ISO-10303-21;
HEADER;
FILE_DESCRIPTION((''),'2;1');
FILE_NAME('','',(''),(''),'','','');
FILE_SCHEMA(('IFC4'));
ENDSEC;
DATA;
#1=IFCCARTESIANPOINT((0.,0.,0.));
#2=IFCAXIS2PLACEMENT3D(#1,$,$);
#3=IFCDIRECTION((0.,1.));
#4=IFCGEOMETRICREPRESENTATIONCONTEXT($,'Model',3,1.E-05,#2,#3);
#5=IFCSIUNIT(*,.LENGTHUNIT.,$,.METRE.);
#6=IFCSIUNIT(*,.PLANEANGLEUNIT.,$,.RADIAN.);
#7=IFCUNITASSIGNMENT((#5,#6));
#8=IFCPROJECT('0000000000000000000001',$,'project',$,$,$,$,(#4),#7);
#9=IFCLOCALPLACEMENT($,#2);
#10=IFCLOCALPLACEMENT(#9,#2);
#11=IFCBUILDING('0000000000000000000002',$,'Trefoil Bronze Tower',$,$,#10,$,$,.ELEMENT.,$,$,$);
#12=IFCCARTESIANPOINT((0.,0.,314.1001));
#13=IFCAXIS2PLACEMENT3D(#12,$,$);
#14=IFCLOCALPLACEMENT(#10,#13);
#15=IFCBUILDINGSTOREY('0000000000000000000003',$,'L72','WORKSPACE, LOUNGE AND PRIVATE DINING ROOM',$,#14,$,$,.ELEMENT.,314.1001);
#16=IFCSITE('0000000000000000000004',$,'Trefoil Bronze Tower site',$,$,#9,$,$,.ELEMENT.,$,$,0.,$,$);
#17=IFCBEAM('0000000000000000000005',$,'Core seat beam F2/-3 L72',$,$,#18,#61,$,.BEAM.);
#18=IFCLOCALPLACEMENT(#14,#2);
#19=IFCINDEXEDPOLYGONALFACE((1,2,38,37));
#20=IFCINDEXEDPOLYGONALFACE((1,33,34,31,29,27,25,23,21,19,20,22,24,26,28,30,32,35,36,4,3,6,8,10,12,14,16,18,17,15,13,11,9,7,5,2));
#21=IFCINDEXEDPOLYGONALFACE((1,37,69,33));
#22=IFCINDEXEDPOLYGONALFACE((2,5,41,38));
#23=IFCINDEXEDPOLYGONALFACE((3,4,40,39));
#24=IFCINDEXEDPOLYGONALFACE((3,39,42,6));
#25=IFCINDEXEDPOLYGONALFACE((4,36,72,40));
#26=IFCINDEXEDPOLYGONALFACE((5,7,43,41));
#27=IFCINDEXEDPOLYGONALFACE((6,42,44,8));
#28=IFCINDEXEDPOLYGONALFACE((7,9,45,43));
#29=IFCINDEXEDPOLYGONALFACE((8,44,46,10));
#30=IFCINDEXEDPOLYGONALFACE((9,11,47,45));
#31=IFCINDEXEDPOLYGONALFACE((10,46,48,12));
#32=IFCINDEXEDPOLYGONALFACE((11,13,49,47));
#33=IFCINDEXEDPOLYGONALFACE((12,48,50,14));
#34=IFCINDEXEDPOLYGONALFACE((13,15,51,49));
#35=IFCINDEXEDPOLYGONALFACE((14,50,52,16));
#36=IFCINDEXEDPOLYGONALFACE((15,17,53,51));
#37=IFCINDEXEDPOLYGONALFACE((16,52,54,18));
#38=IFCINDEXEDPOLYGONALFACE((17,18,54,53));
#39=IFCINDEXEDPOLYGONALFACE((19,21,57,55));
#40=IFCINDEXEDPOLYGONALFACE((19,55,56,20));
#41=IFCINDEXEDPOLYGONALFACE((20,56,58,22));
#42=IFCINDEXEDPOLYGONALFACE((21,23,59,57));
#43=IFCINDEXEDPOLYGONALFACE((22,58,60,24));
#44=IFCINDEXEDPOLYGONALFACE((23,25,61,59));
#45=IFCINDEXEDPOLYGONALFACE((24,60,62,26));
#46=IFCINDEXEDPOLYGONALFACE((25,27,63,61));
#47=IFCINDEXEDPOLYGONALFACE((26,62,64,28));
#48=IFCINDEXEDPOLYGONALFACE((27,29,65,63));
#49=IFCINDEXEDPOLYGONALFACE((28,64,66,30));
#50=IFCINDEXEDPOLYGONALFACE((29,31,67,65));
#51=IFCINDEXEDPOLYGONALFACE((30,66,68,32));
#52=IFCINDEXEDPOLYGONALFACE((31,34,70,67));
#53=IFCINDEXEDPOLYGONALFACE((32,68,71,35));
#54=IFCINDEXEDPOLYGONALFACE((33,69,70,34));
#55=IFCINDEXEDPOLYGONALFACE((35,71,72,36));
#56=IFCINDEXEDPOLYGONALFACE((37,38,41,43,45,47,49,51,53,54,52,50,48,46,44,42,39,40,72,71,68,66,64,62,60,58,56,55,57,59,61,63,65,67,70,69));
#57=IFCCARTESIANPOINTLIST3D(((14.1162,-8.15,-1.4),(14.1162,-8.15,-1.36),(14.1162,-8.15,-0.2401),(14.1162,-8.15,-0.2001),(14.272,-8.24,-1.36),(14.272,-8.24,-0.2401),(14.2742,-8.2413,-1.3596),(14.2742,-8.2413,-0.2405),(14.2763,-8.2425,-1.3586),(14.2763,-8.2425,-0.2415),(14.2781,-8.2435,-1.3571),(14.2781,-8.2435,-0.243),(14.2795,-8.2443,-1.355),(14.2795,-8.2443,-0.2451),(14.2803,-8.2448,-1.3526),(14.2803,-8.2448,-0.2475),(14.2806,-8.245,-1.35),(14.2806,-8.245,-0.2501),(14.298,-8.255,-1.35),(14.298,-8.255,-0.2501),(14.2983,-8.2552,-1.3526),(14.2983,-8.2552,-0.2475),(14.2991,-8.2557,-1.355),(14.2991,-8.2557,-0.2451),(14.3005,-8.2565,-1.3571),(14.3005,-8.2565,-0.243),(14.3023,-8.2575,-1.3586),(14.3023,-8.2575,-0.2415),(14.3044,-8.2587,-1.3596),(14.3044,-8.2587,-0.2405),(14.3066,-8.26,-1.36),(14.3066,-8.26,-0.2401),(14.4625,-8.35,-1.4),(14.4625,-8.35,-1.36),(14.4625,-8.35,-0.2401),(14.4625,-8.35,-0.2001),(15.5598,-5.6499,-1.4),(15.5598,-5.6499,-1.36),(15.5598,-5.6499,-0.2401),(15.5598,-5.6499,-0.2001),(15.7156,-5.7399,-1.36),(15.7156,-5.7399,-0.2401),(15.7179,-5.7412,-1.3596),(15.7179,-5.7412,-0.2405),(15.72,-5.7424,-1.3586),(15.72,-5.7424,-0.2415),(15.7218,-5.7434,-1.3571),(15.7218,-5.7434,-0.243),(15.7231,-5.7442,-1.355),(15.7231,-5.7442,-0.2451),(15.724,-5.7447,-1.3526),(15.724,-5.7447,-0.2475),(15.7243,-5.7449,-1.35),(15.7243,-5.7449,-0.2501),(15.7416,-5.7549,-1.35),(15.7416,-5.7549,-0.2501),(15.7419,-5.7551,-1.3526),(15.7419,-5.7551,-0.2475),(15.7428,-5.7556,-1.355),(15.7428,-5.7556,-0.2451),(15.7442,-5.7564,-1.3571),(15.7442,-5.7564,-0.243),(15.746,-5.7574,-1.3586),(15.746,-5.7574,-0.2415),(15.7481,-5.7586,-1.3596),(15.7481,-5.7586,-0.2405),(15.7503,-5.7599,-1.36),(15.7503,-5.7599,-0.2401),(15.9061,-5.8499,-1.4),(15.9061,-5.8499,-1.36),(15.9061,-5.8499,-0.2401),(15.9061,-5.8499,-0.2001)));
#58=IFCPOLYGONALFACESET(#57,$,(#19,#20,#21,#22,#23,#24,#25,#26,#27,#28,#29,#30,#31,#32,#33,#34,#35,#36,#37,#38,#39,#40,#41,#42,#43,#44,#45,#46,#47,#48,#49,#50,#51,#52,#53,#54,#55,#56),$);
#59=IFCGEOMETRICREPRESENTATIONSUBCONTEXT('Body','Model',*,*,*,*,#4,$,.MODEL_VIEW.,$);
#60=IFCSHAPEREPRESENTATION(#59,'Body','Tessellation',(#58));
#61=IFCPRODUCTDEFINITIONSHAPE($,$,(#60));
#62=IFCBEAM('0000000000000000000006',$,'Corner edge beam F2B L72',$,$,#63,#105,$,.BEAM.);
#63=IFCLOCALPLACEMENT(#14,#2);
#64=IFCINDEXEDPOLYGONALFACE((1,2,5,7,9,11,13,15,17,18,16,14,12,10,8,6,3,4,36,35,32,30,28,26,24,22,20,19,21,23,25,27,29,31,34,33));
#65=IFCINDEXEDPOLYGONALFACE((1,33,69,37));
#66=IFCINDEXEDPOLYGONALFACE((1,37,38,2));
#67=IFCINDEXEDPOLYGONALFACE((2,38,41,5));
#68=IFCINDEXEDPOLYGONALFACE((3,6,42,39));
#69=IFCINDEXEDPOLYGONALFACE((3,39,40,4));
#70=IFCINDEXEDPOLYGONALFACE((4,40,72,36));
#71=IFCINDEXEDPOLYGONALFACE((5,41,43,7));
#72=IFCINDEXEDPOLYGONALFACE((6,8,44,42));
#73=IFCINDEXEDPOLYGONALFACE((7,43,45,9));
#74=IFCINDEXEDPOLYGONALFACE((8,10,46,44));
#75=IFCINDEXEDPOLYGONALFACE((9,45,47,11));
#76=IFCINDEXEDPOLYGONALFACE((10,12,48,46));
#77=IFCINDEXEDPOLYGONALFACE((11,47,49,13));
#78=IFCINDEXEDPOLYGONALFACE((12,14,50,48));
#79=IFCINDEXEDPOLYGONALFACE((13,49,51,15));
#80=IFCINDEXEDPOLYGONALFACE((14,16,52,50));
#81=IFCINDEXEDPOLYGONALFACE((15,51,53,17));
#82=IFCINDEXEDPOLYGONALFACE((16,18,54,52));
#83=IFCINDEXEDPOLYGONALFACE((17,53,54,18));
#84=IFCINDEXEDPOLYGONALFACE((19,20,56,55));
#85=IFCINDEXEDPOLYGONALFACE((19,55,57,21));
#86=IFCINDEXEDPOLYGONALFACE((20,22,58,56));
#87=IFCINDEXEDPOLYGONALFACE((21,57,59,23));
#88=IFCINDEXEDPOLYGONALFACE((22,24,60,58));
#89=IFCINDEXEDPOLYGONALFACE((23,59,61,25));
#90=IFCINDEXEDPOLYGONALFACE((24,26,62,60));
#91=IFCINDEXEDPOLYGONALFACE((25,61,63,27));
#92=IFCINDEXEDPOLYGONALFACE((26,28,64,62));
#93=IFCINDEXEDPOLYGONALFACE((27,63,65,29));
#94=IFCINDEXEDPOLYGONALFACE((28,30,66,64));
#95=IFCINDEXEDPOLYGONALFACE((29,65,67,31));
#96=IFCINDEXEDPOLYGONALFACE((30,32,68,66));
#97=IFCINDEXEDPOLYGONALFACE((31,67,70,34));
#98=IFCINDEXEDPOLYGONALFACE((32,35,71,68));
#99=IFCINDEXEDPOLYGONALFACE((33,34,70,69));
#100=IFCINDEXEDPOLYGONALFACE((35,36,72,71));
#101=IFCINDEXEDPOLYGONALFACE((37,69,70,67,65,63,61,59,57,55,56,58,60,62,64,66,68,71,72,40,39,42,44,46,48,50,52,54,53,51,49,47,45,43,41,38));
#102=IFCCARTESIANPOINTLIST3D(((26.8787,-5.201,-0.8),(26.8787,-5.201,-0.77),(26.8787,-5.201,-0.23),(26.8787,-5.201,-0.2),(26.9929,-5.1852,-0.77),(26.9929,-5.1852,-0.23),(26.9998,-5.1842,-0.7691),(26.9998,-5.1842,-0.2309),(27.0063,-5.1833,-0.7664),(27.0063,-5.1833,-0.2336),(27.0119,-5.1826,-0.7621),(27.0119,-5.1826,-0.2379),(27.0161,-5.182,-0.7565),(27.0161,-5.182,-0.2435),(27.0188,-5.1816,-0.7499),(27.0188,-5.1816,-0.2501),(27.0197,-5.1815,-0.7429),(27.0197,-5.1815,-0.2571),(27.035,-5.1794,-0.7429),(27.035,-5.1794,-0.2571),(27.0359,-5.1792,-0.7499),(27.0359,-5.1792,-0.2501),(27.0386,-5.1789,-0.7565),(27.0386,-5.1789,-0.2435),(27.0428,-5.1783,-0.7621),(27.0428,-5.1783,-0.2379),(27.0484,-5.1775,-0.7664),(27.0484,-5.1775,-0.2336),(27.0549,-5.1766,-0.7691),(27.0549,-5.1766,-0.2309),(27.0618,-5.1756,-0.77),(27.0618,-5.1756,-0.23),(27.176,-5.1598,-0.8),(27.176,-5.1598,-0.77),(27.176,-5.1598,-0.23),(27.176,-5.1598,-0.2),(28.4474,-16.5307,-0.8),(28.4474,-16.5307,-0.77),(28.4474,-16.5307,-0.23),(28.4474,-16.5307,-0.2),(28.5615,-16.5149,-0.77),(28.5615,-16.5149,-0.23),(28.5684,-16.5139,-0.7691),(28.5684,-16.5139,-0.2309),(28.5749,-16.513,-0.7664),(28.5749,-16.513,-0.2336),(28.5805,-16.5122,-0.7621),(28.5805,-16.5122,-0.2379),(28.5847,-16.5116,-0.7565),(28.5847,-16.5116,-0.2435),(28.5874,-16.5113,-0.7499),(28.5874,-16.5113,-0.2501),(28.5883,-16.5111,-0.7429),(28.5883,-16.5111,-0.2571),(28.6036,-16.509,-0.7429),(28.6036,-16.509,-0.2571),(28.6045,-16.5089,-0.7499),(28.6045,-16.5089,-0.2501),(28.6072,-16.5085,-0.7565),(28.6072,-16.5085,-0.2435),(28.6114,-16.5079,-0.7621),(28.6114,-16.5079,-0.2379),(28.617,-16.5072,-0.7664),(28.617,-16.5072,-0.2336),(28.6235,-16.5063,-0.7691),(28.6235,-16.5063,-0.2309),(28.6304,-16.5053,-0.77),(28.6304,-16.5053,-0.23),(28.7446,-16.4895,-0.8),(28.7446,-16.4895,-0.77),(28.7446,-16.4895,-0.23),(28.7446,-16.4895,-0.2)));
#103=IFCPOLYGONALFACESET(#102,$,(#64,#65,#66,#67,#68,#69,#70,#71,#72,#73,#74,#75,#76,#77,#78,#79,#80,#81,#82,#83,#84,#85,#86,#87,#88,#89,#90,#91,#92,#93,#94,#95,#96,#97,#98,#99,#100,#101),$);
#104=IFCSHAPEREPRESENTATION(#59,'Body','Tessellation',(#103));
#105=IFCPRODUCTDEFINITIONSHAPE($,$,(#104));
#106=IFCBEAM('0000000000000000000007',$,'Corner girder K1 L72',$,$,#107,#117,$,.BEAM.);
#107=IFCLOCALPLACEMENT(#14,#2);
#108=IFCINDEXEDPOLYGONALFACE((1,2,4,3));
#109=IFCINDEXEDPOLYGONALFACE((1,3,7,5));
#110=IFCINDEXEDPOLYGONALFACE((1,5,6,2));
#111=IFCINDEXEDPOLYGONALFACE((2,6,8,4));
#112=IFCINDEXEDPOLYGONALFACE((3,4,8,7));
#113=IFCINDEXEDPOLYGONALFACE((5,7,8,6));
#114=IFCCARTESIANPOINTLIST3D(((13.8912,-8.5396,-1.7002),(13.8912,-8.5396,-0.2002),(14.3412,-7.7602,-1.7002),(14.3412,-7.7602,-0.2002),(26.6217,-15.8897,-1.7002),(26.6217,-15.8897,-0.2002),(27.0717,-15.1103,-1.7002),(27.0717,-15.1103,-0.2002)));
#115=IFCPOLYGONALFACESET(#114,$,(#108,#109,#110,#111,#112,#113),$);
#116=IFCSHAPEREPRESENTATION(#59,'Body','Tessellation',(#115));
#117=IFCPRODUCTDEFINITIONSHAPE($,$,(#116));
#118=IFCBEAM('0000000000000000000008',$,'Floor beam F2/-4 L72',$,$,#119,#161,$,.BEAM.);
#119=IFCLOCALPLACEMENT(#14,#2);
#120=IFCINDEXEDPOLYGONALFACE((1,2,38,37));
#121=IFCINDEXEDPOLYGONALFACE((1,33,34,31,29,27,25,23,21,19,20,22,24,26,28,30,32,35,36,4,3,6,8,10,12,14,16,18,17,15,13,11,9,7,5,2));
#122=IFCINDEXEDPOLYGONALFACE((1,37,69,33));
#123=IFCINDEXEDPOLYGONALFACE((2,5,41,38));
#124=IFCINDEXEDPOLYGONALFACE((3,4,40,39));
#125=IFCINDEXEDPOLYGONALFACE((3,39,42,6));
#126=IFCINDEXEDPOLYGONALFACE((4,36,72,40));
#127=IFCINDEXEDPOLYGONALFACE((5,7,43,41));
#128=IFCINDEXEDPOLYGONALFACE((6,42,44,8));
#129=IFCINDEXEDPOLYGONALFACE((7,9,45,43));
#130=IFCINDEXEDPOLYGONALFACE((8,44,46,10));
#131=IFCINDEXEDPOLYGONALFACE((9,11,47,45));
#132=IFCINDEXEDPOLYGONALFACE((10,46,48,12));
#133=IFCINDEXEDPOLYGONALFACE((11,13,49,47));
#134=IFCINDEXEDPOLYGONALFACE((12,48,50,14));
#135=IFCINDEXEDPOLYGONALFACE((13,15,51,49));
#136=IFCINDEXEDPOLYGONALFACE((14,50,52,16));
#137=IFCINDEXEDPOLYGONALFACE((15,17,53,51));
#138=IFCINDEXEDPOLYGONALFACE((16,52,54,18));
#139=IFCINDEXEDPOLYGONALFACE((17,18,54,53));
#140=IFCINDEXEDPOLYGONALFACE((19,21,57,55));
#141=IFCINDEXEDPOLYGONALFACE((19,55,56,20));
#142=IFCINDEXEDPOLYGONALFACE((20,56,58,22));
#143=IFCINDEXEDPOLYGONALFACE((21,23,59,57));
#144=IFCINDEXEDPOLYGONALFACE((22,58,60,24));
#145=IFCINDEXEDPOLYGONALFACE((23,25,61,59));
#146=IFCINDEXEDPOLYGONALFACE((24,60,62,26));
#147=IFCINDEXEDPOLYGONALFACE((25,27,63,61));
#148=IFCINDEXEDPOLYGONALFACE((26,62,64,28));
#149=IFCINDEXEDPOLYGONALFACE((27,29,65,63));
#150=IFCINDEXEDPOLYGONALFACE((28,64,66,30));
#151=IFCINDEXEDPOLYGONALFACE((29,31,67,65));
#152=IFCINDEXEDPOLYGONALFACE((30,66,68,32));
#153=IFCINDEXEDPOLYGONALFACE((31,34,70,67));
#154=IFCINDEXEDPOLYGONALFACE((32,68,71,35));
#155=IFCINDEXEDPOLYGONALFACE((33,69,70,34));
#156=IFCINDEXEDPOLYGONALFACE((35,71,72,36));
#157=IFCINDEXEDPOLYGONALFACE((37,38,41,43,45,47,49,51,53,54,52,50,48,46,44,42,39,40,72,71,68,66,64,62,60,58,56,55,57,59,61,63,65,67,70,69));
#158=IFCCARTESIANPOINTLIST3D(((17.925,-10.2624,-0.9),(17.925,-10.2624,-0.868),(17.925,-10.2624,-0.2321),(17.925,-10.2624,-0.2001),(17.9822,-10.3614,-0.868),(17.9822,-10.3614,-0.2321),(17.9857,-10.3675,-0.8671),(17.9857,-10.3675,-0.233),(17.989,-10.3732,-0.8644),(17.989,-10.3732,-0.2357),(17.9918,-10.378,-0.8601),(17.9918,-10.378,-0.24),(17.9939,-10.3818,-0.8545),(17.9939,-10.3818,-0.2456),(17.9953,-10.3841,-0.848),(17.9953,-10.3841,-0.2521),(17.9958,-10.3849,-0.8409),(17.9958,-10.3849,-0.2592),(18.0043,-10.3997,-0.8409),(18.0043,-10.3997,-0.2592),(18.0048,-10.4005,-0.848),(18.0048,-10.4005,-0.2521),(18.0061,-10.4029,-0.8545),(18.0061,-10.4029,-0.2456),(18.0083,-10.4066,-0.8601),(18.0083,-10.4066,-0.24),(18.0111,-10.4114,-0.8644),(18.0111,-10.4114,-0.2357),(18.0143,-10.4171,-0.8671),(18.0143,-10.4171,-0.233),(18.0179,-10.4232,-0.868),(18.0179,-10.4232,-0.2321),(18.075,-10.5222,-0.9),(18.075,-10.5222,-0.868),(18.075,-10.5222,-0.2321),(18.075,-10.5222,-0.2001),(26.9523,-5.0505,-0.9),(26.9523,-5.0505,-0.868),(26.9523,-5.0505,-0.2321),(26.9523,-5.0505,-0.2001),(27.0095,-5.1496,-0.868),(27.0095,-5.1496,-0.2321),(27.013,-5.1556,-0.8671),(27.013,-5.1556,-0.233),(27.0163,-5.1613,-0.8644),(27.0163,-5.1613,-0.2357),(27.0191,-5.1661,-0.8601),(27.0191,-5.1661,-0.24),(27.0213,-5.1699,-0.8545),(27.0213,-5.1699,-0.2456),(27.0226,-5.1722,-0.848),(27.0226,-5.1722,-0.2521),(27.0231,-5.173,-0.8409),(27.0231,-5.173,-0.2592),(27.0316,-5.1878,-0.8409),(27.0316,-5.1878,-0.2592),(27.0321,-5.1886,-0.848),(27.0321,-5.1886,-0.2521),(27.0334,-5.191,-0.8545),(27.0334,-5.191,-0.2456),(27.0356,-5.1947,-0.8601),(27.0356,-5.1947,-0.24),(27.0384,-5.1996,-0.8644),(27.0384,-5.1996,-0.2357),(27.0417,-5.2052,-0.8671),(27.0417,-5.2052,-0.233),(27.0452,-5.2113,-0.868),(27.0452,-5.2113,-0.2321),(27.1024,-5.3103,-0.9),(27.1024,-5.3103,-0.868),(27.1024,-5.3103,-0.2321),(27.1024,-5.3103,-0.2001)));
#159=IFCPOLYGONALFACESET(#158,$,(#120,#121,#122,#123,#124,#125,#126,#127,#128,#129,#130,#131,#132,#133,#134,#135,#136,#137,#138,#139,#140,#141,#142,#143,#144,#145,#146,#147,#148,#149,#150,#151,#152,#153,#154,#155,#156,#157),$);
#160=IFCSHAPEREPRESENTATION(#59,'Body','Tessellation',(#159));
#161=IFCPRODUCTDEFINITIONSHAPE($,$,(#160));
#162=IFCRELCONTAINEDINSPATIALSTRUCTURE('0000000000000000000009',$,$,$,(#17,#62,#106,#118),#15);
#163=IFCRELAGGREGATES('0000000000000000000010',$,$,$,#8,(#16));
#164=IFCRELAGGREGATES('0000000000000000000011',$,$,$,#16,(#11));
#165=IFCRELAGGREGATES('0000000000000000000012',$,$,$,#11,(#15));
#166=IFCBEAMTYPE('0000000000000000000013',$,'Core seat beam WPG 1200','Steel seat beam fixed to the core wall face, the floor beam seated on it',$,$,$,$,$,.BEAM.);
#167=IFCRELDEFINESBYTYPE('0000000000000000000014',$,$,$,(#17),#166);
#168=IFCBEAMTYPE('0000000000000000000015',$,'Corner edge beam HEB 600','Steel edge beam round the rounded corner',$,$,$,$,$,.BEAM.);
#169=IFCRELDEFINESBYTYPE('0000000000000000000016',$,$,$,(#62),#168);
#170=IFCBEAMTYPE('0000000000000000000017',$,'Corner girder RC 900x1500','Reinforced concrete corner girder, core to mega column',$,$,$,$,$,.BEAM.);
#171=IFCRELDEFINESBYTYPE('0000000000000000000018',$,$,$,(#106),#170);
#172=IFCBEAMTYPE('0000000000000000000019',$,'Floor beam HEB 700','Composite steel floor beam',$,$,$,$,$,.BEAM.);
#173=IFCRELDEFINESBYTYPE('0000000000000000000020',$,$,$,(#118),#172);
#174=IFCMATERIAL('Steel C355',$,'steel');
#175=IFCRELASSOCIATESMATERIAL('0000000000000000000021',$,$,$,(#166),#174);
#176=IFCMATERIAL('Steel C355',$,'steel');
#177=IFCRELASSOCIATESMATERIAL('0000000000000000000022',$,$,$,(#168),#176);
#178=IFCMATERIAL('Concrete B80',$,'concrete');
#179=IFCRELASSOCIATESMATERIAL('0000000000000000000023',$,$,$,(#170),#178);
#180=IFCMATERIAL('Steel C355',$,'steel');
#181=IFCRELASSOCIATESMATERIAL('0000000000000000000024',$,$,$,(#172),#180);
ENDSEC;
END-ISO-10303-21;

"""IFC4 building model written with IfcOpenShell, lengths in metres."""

from ifc_helpers import new_model, si_unit, direction, frame, origin, origin_2d, place, context, subcontext, project, spatial, rectangle, i_section, extrude, material, material_profile, profile_set, type_object, element, save


model = new_model("IFC4")

# Units and contexts
model_context = context("Model", 3, precision=1e-05, world=origin(), true_north=direction((0.0, 1.0)))
body_context = subcontext(model_context, "Body", "Model", "MODEL_VIEW")
ifc_project = project(units=[si_unit("LENGTHUNIT", "METRE"), si_unit("PLANEANGLEUNIT", "RADIAN")], contexts=[model_context])

# Site, building, storey
site_placement = place(None, origin())
site = spatial("IfcSite", under=ifc_project, at=site_placement, Name="Trefoil Bronze Tower site", CompositionType="ELEMENT", RefElevation=0.0)
building_placement = place(site_placement, origin())
building = spatial("IfcBuilding", under=site, at=building_placement, Name="Trefoil Bronze Tower", CompositionType="ELEMENT")
storey_placement = place(building_placement, frame((0.0, 0.0, 314.1001)))
storey = spatial("IfcBuildingStorey", under=building, at=storey_placement, Name="L72", Description="WORKSPACE, LOUNGE AND PRIVATE DINING ROOM", CompositionType="ELEMENT", Elevation=314.1001)

# Beams
ifc_material_1 = material(Name="Steel C355", Category="steel")
ifc_material_profile_1 = material_profile(ifc_material_1, i_section(OverallWidth=0.3999, OverallDepth=1.2, WebThickness=0.02, FlangeThickness=0.04, FilletRadius=0.01, at=origin_2d()), Name="WPG 1200")
ifc_profile_set_1 = profile_set([ifc_material_profile_1], Name="Steel C355")
beam_type_1 = type_object("IfcBeamType", Name="Core seat beam WPG 1200", Description="Steel seat beam fixed to the core wall face, the floor beam seated on it", PredefinedType="BEAM", material=ifc_profile_set_1)
beam_1_placement = place(storey_placement, frame((14.2893, -8.25, -0.8), z_axis=(0.500059, 0.865991, 0.0), x_axis=(-0.865991, 0.500059, 0.0)))
element("IfcBeam", 1, at=beam_1_placement, inside=storey, type_object=beam_type_1, Name="Core seat beam F2/-3 L72", PredefinedType="BEAM", context=body_context, shape_type="SweptSolid", body=[
    extrude(i_section(OverallWidth=0.3999, OverallDepth=1.2, WebThickness=0.02, FlangeThickness=0.04, FilletRadius=0.01, at=origin_2d()), origin(), (0.0, 0.0, 1.0), 2.887),
])
ifc_material_2 = material(Name="Steel C355", Category="steel")
ifc_material_profile_2 = material_profile(ifc_material_2, i_section(OverallWidth=0.3, OverallDepth=0.6001, WebThickness=0.0154, FlangeThickness=0.03, FilletRadius=0.0271, at=origin_2d()), Name="HEB 600")
ifc_profile_set_2 = profile_set([ifc_material_profile_2], Name="Steel C355")
beam_type_2 = type_object("IfcBeamType", Name="Corner edge beam HEB 600", Description="Steel edge beam round the rounded corner", PredefinedType="BEAM", material=ifc_profile_set_2)
beam_2_placement = place(storey_placement, frame((27.0273, -5.1804, -0.5), z_axis=(0.137144, -0.990551, 0.0), x_axis=(0.990551, 0.137144, 0.0)))
element("IfcBeam", 2, at=beam_2_placement, inside=storey, type_object=beam_type_2, Name="Corner edge beam F2B L72", PredefinedType="BEAM", context=body_context, shape_type="SweptSolid", body=[
    extrude(i_section(OverallWidth=0.3, OverallDepth=0.6001, WebThickness=0.0154, FlangeThickness=0.03, FilletRadius=0.0271, at=origin_2d()), origin(), (0.0, 0.0, 1.0), 11.4377),
])
ifc_material_3 = material(Name="Concrete B80", Category="concrete")
ifc_material_profile_3 = material_profile(ifc_material_3, rectangle(XDim=0.8999, YDim=1.5, at=origin_2d()), Name="RC 900x1500")
ifc_profile_set_3 = profile_set([ifc_material_profile_3], Name="Concrete B80")
beam_type_3 = type_object("IfcBeamType", Name="Corner girder RC 900x1500", Description="Reinforced concrete corner girder, core to mega column", PredefinedType="BEAM", material=ifc_profile_set_3)
beam_3_placement = place(storey_placement, frame((14.1162, -8.1499, -0.9502), z_axis=(0.866021, -0.500008, 0.0), x_axis=(0.500008, 0.866021, 0.0)))
element("IfcBeam", 3, at=beam_3_placement, inside=storey, type_object=beam_type_3, Name="Corner girder K1 L72", PredefinedType="BEAM", context=body_context, shape_type="SweptSolid", body=[
    extrude(rectangle(XDim=0.8999, YDim=1.5, at=origin_2d()), origin(), (0.0, 0.0, 1.0), 14.7),
])
ifc_material_4 = material(Name="Steel C355", Category="steel")
ifc_material_profile_4 = material_profile(ifc_material_4, i_section(OverallWidth=0.3, OverallDepth=0.7, WebThickness=0.0171, FlangeThickness=0.032, FilletRadius=0.0271, at=origin_2d()), Name="HEB 700")
ifc_profile_set_4 = profile_set([ifc_material_profile_4], Name="Steel C355")
beam_type_4 = type_object("IfcBeamType", Name="Floor beam HEB 700", Description="Composite steel floor beam", PredefinedType="BEAM", material=ifc_profile_set_4)
beam_4_placement = place(storey_placement, frame((27.0273, -5.1804, -0.55), z_axis=(-0.866026, -0.499998, 0.0), x_axis=(0.499998, -0.866026, 0.0)))
element("IfcBeam", 4, at=beam_4_placement, inside=storey, type_object=beam_type_4, Name="Floor beam F2/-4 L72", PredefinedType="BEAM", context=body_context, shape_type="SweptSolid", body=[
    extrude(i_section(OverallWidth=0.3, OverallDepth=0.7, WebThickness=0.0171, FlangeThickness=0.032, FilletRadius=0.0271, at=origin_2d()), origin(), (0.0, 0.0, 1.0), 10.4238),
])

save(model, "model.ifc")
